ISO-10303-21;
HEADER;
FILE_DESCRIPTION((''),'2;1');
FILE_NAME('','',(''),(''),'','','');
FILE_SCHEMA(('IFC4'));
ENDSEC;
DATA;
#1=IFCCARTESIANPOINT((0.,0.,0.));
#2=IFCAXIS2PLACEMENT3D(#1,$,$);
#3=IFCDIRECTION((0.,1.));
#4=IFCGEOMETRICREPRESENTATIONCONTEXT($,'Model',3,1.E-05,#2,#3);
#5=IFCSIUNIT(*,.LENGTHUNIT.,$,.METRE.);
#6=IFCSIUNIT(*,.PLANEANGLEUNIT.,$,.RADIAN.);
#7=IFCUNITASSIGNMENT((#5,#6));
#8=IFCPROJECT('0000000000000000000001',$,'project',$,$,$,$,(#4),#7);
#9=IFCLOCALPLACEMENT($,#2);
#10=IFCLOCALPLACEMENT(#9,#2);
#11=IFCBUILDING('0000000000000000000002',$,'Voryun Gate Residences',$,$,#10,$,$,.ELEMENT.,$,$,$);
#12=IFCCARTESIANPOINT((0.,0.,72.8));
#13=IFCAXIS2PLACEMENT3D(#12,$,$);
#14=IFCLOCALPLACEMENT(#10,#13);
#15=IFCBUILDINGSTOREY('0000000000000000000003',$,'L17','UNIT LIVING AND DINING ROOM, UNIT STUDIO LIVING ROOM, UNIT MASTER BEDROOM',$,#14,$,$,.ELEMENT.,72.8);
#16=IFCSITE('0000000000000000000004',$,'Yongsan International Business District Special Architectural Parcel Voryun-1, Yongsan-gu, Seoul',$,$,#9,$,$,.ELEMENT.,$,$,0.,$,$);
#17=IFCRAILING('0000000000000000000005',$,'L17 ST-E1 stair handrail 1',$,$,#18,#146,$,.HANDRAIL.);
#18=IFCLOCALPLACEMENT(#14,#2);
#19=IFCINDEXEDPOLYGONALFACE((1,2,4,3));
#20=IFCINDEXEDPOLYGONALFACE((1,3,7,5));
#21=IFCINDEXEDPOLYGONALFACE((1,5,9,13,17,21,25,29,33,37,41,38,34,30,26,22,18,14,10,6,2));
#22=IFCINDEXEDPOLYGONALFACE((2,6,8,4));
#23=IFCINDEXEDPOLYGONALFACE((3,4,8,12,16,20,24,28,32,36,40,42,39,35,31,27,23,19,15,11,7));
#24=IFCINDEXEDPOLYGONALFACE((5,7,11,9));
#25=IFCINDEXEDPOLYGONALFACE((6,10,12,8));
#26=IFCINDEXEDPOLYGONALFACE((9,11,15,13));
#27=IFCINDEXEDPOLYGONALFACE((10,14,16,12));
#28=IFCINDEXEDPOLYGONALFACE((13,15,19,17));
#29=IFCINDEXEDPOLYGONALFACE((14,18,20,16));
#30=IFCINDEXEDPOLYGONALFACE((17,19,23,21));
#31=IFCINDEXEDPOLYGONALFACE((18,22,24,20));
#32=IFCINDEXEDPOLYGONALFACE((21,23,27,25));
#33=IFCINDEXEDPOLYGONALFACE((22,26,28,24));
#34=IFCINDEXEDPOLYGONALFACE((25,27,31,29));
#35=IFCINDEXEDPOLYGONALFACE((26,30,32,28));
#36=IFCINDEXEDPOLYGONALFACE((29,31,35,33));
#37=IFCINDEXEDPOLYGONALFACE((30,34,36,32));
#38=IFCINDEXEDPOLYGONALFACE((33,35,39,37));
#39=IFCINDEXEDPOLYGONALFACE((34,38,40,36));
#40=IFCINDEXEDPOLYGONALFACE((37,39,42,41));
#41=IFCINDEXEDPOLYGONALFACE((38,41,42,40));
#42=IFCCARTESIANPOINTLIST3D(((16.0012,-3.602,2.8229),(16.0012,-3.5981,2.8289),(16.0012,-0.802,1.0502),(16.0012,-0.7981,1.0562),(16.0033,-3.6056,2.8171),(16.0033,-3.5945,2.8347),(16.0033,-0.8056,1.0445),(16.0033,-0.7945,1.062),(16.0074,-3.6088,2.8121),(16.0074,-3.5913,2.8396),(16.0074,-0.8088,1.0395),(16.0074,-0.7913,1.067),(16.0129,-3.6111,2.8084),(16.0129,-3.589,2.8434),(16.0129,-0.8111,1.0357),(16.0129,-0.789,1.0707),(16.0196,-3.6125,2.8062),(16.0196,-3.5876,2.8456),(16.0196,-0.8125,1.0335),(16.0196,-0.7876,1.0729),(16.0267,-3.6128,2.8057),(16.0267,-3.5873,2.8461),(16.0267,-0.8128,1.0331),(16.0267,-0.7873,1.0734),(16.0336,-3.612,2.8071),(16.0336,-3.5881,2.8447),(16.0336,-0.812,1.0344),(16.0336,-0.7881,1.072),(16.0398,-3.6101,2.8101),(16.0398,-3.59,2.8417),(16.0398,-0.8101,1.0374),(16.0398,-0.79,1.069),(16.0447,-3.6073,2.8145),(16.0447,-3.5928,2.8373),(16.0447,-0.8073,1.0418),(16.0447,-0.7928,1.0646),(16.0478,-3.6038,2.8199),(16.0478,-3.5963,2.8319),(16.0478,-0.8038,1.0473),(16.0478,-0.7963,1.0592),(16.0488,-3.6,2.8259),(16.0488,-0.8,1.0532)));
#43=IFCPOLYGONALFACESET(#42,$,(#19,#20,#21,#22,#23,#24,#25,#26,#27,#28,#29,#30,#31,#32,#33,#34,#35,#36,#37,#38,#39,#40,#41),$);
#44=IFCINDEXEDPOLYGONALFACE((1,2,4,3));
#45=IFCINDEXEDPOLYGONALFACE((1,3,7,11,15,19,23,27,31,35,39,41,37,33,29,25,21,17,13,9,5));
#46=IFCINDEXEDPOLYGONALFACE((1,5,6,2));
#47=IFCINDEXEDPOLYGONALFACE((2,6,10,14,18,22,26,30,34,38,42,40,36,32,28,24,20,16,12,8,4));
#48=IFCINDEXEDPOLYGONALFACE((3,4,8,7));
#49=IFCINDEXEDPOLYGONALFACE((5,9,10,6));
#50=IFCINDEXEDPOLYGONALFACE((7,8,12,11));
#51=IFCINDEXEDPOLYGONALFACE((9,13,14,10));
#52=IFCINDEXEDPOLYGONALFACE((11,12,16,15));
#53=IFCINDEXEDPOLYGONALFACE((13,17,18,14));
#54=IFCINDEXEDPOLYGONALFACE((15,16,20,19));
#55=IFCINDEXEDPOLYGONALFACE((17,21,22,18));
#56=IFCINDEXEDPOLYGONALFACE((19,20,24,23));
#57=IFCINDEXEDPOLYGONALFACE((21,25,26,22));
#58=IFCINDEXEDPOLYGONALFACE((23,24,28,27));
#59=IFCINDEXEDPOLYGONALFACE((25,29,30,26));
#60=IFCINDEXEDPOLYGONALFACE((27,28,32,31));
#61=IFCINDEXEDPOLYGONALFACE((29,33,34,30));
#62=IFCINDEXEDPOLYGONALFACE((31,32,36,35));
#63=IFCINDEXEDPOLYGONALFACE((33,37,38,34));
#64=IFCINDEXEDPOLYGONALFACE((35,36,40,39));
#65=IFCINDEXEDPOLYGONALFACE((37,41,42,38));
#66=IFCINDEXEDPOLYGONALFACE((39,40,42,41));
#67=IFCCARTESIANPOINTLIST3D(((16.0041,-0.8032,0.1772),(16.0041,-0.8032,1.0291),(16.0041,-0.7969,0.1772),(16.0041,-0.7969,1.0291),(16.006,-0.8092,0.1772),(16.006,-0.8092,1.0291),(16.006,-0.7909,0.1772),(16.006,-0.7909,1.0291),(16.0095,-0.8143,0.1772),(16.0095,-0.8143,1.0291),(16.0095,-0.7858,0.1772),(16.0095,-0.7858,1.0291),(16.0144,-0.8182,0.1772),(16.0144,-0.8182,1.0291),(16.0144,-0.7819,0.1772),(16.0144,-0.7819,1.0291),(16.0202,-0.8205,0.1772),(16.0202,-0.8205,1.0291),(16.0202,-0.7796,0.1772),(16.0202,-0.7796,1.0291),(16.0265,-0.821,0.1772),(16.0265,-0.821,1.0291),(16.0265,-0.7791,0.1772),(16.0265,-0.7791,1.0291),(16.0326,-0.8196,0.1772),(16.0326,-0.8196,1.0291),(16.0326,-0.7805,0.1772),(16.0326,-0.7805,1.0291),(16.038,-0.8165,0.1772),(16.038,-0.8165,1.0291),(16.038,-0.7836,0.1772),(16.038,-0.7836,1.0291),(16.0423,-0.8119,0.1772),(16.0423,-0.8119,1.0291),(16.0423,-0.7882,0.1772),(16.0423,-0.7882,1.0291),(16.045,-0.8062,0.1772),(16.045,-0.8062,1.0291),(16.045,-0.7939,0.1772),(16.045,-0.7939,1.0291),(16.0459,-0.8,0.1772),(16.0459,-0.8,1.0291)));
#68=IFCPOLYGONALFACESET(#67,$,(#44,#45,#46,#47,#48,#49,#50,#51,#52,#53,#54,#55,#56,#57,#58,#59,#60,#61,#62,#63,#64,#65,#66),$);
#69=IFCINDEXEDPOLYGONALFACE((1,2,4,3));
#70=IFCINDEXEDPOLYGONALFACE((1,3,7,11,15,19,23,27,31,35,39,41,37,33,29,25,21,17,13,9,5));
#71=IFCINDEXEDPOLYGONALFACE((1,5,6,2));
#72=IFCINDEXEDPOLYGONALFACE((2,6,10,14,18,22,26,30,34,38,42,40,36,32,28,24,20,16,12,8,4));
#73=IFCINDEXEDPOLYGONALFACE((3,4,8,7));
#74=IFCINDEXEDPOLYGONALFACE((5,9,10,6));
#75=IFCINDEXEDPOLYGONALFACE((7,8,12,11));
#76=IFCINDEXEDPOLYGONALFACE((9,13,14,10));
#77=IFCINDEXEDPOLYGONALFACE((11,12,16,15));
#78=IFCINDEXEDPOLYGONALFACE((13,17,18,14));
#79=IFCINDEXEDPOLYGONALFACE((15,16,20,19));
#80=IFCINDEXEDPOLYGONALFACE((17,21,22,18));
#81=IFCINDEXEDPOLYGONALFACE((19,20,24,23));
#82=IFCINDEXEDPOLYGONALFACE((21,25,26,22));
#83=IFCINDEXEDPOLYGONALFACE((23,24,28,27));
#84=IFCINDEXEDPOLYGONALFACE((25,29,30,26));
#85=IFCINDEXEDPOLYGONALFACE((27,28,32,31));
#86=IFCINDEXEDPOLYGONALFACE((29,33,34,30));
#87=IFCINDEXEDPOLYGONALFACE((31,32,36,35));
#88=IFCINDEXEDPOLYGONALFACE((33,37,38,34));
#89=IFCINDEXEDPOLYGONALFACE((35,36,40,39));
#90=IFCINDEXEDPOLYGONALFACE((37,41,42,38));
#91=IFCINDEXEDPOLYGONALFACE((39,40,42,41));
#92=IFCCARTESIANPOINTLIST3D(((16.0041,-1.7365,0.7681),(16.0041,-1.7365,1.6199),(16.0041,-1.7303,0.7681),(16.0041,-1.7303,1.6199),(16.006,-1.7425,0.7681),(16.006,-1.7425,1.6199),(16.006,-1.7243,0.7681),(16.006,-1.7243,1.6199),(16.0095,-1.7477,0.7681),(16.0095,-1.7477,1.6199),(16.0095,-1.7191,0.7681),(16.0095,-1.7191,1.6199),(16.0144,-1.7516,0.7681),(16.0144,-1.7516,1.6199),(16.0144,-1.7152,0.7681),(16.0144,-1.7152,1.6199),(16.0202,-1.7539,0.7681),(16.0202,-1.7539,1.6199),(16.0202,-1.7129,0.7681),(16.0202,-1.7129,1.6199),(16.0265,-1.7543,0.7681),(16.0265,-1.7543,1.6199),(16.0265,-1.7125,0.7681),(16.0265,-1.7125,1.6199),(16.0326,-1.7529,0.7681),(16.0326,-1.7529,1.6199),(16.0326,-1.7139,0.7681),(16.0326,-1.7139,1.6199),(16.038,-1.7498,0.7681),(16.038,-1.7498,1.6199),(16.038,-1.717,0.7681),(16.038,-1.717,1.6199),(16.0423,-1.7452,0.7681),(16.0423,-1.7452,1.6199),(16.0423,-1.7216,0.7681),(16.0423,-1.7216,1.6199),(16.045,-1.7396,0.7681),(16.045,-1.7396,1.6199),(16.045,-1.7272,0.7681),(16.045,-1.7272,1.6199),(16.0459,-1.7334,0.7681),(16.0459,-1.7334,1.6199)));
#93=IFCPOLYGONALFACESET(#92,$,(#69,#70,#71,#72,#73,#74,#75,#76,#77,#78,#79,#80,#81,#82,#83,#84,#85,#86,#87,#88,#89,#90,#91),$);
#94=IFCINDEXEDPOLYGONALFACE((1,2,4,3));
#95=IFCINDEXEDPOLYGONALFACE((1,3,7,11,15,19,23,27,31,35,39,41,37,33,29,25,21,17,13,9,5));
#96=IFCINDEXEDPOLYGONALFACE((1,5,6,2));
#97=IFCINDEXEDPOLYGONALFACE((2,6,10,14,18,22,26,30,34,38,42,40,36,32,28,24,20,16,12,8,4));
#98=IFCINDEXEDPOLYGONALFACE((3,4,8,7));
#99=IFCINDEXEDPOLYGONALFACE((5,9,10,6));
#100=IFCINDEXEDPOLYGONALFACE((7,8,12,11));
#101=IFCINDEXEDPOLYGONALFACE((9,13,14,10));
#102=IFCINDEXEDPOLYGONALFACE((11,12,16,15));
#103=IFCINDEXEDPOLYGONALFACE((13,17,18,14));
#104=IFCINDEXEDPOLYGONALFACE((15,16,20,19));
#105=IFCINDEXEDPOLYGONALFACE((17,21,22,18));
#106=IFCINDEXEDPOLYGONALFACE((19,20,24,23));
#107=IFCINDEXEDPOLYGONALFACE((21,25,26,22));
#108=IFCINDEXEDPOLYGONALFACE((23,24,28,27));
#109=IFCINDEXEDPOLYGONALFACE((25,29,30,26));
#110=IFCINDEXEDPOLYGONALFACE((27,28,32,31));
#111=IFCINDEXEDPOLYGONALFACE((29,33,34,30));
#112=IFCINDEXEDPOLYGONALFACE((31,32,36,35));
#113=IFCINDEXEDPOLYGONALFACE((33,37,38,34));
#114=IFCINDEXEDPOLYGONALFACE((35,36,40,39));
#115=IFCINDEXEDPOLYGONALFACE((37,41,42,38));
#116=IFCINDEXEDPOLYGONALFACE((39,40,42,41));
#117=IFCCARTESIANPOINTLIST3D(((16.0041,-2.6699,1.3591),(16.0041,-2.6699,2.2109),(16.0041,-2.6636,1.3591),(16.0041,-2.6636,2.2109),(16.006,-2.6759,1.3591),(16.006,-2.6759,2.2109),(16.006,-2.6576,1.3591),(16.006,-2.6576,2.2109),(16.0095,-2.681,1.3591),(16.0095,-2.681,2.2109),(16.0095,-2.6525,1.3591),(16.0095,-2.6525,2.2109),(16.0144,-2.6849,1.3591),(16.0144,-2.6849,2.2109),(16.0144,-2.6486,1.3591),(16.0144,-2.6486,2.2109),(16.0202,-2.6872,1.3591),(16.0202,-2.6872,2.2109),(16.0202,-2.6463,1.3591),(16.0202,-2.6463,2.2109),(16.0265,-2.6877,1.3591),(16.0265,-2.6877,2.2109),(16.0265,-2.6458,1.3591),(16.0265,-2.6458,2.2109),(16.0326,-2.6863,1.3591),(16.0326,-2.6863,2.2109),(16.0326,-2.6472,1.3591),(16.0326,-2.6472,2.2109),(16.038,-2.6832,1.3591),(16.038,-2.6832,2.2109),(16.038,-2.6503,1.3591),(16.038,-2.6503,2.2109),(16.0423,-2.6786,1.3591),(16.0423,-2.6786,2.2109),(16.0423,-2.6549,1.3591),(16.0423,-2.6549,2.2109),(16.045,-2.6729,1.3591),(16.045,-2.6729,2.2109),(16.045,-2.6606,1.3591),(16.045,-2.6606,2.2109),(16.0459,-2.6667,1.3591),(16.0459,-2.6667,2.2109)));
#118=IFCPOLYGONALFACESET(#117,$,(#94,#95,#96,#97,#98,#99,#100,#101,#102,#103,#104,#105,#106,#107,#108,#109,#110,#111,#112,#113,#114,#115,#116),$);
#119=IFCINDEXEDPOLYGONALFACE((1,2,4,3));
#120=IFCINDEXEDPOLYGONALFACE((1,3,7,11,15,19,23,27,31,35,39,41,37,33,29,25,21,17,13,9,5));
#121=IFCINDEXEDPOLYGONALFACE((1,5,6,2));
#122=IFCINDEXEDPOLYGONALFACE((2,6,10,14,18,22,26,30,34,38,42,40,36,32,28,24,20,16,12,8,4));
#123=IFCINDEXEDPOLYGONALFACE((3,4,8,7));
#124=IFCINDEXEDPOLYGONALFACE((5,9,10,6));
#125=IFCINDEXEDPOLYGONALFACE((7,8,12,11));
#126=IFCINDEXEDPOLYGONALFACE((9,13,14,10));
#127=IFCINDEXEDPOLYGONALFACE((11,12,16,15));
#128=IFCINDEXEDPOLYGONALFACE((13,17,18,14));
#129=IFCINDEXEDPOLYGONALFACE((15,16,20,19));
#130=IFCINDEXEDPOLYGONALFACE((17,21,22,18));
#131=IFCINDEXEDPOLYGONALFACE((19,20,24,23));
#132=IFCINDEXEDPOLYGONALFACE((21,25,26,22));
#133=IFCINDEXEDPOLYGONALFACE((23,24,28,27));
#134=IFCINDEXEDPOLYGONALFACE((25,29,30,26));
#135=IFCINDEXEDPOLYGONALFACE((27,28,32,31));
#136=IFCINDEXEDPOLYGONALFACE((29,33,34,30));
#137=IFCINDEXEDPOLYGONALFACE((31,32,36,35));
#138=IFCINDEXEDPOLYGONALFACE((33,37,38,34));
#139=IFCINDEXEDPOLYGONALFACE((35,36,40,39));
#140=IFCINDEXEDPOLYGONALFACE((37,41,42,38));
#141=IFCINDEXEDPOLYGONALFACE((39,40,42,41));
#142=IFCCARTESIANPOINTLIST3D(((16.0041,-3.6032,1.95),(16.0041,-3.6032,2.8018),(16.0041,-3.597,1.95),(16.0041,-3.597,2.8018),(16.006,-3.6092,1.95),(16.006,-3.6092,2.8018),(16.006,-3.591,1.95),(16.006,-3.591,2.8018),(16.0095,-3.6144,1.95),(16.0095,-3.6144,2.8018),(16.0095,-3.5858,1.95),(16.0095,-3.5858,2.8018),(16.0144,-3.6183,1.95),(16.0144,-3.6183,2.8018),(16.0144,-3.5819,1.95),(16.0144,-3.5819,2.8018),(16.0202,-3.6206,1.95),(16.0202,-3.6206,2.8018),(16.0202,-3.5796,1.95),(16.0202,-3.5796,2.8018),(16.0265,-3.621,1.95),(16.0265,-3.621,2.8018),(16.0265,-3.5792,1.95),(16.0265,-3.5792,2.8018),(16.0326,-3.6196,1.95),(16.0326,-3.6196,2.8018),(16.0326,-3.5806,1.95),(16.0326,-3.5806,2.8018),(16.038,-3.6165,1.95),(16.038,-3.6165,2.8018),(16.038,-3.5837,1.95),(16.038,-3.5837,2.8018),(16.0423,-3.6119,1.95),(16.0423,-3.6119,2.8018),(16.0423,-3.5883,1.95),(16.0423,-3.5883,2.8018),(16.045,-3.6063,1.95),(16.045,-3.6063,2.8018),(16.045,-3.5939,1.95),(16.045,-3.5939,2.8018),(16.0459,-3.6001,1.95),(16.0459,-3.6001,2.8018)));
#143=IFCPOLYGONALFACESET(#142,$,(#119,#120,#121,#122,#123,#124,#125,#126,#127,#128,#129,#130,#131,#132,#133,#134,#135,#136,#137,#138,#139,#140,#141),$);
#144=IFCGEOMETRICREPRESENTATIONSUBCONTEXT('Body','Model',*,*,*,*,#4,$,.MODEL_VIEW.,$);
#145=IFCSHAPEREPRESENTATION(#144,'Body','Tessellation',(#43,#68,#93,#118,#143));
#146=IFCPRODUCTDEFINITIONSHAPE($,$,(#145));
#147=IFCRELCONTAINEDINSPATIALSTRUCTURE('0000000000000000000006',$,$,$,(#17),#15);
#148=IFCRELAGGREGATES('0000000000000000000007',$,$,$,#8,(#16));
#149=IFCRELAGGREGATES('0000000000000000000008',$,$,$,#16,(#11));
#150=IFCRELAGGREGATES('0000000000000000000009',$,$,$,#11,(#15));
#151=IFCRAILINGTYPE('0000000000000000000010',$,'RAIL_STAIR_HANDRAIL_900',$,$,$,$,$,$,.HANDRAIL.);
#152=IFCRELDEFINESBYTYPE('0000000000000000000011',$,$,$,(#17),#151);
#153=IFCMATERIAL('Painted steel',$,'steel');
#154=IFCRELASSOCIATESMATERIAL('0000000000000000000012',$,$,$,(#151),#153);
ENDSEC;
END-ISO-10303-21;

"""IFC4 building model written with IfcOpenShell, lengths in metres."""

from ifc_helpers import new_model, si_unit, direction, frame, origin, origin_2d, place, context, subcontext, project, spatial, circle, extrude, material, type_object, element, save


model = new_model("IFC4")

# Units and contexts
model_context = context("Model", 3, precision=1e-05, world=origin(), true_north=direction((0.0, 1.0)))
body_context = subcontext(model_context, "Body", "Model", "MODEL_VIEW")
ifc_project = project(units=[si_unit("LENGTHUNIT", "METRE"), si_unit("PLANEANGLEUNIT", "RADIAN")], contexts=[model_context])

# Site, building, storey
site_placement = place(None, origin())
site = spatial("IfcSite", under=ifc_project, at=site_placement, Name="Yongsan International Business District Special Architectural Parcel Voryun-1, Yongsan-gu, Seoul", CompositionType="ELEMENT", RefElevation=0.0)
building_placement = place(site_placement, origin())
building = spatial("IfcBuilding", under=site, at=building_placement, Name="Voryun Gate Residences", CompositionType="ELEMENT")
storey_placement = place(building_placement, frame((0.0, 0.0, 72.8)))
storey = spatial("IfcBuildingStorey", under=building, at=storey_placement, Name="L17", Description="UNIT LIVING AND DINING ROOM, UNIT STUDIO LIVING ROOM, UNIT MASTER BEDROOM", CompositionType="ELEMENT", Elevation=72.8)

# Railing
ifc_material_1 = material(Name="Painted steel", Category="steel")
railing_type_1 = type_object("IfcRailingType", Name="RAIL_STAIR_HANDRAIL_900", PredefinedType="HANDRAIL", material=ifc_material_1)
railing_1_placement = place(storey_placement, frame((16.0249, -0.8, 0.1772)))
element("IfcRailing", 1, at=railing_1_placement, inside=storey, type_object=railing_type_1, Name="L17 ST-E1 stair handrail 1", PredefinedType="HANDRAIL", context=body_context, shape_type="SweptSolid", body=[
    extrude(circle(Radius=0.0239, at=origin_2d()), frame((0.0, 0.0, 0.876), z_axis=(0.0, -0.844909, 0.53491), x_axis=(1.0, 0.0, 0.0)), (0.0, 0.0, 1.0), 3.314),
    extrude(circle(Radius=0.021, at=origin_2d()), origin(), (0.0, 0.0, 1.0), 0.8518),
    extrude(circle(Radius=0.021, at=origin_2d()), frame((0.0, -0.9333, 0.5908)), (0.0, 0.0, 1.0), 0.8518),
    extrude(circle(Radius=0.021, at=origin_2d()), frame((0.0, -1.8667, 1.1819)), (0.0, 0.0, 1.0), 0.8518),
    extrude(circle(Radius=0.021, at=origin_2d()), frame((0.0, -2.8, 1.7727)), (0.0, 0.0, 1.0), 0.8518),
])

save(model, "model.ifc")
